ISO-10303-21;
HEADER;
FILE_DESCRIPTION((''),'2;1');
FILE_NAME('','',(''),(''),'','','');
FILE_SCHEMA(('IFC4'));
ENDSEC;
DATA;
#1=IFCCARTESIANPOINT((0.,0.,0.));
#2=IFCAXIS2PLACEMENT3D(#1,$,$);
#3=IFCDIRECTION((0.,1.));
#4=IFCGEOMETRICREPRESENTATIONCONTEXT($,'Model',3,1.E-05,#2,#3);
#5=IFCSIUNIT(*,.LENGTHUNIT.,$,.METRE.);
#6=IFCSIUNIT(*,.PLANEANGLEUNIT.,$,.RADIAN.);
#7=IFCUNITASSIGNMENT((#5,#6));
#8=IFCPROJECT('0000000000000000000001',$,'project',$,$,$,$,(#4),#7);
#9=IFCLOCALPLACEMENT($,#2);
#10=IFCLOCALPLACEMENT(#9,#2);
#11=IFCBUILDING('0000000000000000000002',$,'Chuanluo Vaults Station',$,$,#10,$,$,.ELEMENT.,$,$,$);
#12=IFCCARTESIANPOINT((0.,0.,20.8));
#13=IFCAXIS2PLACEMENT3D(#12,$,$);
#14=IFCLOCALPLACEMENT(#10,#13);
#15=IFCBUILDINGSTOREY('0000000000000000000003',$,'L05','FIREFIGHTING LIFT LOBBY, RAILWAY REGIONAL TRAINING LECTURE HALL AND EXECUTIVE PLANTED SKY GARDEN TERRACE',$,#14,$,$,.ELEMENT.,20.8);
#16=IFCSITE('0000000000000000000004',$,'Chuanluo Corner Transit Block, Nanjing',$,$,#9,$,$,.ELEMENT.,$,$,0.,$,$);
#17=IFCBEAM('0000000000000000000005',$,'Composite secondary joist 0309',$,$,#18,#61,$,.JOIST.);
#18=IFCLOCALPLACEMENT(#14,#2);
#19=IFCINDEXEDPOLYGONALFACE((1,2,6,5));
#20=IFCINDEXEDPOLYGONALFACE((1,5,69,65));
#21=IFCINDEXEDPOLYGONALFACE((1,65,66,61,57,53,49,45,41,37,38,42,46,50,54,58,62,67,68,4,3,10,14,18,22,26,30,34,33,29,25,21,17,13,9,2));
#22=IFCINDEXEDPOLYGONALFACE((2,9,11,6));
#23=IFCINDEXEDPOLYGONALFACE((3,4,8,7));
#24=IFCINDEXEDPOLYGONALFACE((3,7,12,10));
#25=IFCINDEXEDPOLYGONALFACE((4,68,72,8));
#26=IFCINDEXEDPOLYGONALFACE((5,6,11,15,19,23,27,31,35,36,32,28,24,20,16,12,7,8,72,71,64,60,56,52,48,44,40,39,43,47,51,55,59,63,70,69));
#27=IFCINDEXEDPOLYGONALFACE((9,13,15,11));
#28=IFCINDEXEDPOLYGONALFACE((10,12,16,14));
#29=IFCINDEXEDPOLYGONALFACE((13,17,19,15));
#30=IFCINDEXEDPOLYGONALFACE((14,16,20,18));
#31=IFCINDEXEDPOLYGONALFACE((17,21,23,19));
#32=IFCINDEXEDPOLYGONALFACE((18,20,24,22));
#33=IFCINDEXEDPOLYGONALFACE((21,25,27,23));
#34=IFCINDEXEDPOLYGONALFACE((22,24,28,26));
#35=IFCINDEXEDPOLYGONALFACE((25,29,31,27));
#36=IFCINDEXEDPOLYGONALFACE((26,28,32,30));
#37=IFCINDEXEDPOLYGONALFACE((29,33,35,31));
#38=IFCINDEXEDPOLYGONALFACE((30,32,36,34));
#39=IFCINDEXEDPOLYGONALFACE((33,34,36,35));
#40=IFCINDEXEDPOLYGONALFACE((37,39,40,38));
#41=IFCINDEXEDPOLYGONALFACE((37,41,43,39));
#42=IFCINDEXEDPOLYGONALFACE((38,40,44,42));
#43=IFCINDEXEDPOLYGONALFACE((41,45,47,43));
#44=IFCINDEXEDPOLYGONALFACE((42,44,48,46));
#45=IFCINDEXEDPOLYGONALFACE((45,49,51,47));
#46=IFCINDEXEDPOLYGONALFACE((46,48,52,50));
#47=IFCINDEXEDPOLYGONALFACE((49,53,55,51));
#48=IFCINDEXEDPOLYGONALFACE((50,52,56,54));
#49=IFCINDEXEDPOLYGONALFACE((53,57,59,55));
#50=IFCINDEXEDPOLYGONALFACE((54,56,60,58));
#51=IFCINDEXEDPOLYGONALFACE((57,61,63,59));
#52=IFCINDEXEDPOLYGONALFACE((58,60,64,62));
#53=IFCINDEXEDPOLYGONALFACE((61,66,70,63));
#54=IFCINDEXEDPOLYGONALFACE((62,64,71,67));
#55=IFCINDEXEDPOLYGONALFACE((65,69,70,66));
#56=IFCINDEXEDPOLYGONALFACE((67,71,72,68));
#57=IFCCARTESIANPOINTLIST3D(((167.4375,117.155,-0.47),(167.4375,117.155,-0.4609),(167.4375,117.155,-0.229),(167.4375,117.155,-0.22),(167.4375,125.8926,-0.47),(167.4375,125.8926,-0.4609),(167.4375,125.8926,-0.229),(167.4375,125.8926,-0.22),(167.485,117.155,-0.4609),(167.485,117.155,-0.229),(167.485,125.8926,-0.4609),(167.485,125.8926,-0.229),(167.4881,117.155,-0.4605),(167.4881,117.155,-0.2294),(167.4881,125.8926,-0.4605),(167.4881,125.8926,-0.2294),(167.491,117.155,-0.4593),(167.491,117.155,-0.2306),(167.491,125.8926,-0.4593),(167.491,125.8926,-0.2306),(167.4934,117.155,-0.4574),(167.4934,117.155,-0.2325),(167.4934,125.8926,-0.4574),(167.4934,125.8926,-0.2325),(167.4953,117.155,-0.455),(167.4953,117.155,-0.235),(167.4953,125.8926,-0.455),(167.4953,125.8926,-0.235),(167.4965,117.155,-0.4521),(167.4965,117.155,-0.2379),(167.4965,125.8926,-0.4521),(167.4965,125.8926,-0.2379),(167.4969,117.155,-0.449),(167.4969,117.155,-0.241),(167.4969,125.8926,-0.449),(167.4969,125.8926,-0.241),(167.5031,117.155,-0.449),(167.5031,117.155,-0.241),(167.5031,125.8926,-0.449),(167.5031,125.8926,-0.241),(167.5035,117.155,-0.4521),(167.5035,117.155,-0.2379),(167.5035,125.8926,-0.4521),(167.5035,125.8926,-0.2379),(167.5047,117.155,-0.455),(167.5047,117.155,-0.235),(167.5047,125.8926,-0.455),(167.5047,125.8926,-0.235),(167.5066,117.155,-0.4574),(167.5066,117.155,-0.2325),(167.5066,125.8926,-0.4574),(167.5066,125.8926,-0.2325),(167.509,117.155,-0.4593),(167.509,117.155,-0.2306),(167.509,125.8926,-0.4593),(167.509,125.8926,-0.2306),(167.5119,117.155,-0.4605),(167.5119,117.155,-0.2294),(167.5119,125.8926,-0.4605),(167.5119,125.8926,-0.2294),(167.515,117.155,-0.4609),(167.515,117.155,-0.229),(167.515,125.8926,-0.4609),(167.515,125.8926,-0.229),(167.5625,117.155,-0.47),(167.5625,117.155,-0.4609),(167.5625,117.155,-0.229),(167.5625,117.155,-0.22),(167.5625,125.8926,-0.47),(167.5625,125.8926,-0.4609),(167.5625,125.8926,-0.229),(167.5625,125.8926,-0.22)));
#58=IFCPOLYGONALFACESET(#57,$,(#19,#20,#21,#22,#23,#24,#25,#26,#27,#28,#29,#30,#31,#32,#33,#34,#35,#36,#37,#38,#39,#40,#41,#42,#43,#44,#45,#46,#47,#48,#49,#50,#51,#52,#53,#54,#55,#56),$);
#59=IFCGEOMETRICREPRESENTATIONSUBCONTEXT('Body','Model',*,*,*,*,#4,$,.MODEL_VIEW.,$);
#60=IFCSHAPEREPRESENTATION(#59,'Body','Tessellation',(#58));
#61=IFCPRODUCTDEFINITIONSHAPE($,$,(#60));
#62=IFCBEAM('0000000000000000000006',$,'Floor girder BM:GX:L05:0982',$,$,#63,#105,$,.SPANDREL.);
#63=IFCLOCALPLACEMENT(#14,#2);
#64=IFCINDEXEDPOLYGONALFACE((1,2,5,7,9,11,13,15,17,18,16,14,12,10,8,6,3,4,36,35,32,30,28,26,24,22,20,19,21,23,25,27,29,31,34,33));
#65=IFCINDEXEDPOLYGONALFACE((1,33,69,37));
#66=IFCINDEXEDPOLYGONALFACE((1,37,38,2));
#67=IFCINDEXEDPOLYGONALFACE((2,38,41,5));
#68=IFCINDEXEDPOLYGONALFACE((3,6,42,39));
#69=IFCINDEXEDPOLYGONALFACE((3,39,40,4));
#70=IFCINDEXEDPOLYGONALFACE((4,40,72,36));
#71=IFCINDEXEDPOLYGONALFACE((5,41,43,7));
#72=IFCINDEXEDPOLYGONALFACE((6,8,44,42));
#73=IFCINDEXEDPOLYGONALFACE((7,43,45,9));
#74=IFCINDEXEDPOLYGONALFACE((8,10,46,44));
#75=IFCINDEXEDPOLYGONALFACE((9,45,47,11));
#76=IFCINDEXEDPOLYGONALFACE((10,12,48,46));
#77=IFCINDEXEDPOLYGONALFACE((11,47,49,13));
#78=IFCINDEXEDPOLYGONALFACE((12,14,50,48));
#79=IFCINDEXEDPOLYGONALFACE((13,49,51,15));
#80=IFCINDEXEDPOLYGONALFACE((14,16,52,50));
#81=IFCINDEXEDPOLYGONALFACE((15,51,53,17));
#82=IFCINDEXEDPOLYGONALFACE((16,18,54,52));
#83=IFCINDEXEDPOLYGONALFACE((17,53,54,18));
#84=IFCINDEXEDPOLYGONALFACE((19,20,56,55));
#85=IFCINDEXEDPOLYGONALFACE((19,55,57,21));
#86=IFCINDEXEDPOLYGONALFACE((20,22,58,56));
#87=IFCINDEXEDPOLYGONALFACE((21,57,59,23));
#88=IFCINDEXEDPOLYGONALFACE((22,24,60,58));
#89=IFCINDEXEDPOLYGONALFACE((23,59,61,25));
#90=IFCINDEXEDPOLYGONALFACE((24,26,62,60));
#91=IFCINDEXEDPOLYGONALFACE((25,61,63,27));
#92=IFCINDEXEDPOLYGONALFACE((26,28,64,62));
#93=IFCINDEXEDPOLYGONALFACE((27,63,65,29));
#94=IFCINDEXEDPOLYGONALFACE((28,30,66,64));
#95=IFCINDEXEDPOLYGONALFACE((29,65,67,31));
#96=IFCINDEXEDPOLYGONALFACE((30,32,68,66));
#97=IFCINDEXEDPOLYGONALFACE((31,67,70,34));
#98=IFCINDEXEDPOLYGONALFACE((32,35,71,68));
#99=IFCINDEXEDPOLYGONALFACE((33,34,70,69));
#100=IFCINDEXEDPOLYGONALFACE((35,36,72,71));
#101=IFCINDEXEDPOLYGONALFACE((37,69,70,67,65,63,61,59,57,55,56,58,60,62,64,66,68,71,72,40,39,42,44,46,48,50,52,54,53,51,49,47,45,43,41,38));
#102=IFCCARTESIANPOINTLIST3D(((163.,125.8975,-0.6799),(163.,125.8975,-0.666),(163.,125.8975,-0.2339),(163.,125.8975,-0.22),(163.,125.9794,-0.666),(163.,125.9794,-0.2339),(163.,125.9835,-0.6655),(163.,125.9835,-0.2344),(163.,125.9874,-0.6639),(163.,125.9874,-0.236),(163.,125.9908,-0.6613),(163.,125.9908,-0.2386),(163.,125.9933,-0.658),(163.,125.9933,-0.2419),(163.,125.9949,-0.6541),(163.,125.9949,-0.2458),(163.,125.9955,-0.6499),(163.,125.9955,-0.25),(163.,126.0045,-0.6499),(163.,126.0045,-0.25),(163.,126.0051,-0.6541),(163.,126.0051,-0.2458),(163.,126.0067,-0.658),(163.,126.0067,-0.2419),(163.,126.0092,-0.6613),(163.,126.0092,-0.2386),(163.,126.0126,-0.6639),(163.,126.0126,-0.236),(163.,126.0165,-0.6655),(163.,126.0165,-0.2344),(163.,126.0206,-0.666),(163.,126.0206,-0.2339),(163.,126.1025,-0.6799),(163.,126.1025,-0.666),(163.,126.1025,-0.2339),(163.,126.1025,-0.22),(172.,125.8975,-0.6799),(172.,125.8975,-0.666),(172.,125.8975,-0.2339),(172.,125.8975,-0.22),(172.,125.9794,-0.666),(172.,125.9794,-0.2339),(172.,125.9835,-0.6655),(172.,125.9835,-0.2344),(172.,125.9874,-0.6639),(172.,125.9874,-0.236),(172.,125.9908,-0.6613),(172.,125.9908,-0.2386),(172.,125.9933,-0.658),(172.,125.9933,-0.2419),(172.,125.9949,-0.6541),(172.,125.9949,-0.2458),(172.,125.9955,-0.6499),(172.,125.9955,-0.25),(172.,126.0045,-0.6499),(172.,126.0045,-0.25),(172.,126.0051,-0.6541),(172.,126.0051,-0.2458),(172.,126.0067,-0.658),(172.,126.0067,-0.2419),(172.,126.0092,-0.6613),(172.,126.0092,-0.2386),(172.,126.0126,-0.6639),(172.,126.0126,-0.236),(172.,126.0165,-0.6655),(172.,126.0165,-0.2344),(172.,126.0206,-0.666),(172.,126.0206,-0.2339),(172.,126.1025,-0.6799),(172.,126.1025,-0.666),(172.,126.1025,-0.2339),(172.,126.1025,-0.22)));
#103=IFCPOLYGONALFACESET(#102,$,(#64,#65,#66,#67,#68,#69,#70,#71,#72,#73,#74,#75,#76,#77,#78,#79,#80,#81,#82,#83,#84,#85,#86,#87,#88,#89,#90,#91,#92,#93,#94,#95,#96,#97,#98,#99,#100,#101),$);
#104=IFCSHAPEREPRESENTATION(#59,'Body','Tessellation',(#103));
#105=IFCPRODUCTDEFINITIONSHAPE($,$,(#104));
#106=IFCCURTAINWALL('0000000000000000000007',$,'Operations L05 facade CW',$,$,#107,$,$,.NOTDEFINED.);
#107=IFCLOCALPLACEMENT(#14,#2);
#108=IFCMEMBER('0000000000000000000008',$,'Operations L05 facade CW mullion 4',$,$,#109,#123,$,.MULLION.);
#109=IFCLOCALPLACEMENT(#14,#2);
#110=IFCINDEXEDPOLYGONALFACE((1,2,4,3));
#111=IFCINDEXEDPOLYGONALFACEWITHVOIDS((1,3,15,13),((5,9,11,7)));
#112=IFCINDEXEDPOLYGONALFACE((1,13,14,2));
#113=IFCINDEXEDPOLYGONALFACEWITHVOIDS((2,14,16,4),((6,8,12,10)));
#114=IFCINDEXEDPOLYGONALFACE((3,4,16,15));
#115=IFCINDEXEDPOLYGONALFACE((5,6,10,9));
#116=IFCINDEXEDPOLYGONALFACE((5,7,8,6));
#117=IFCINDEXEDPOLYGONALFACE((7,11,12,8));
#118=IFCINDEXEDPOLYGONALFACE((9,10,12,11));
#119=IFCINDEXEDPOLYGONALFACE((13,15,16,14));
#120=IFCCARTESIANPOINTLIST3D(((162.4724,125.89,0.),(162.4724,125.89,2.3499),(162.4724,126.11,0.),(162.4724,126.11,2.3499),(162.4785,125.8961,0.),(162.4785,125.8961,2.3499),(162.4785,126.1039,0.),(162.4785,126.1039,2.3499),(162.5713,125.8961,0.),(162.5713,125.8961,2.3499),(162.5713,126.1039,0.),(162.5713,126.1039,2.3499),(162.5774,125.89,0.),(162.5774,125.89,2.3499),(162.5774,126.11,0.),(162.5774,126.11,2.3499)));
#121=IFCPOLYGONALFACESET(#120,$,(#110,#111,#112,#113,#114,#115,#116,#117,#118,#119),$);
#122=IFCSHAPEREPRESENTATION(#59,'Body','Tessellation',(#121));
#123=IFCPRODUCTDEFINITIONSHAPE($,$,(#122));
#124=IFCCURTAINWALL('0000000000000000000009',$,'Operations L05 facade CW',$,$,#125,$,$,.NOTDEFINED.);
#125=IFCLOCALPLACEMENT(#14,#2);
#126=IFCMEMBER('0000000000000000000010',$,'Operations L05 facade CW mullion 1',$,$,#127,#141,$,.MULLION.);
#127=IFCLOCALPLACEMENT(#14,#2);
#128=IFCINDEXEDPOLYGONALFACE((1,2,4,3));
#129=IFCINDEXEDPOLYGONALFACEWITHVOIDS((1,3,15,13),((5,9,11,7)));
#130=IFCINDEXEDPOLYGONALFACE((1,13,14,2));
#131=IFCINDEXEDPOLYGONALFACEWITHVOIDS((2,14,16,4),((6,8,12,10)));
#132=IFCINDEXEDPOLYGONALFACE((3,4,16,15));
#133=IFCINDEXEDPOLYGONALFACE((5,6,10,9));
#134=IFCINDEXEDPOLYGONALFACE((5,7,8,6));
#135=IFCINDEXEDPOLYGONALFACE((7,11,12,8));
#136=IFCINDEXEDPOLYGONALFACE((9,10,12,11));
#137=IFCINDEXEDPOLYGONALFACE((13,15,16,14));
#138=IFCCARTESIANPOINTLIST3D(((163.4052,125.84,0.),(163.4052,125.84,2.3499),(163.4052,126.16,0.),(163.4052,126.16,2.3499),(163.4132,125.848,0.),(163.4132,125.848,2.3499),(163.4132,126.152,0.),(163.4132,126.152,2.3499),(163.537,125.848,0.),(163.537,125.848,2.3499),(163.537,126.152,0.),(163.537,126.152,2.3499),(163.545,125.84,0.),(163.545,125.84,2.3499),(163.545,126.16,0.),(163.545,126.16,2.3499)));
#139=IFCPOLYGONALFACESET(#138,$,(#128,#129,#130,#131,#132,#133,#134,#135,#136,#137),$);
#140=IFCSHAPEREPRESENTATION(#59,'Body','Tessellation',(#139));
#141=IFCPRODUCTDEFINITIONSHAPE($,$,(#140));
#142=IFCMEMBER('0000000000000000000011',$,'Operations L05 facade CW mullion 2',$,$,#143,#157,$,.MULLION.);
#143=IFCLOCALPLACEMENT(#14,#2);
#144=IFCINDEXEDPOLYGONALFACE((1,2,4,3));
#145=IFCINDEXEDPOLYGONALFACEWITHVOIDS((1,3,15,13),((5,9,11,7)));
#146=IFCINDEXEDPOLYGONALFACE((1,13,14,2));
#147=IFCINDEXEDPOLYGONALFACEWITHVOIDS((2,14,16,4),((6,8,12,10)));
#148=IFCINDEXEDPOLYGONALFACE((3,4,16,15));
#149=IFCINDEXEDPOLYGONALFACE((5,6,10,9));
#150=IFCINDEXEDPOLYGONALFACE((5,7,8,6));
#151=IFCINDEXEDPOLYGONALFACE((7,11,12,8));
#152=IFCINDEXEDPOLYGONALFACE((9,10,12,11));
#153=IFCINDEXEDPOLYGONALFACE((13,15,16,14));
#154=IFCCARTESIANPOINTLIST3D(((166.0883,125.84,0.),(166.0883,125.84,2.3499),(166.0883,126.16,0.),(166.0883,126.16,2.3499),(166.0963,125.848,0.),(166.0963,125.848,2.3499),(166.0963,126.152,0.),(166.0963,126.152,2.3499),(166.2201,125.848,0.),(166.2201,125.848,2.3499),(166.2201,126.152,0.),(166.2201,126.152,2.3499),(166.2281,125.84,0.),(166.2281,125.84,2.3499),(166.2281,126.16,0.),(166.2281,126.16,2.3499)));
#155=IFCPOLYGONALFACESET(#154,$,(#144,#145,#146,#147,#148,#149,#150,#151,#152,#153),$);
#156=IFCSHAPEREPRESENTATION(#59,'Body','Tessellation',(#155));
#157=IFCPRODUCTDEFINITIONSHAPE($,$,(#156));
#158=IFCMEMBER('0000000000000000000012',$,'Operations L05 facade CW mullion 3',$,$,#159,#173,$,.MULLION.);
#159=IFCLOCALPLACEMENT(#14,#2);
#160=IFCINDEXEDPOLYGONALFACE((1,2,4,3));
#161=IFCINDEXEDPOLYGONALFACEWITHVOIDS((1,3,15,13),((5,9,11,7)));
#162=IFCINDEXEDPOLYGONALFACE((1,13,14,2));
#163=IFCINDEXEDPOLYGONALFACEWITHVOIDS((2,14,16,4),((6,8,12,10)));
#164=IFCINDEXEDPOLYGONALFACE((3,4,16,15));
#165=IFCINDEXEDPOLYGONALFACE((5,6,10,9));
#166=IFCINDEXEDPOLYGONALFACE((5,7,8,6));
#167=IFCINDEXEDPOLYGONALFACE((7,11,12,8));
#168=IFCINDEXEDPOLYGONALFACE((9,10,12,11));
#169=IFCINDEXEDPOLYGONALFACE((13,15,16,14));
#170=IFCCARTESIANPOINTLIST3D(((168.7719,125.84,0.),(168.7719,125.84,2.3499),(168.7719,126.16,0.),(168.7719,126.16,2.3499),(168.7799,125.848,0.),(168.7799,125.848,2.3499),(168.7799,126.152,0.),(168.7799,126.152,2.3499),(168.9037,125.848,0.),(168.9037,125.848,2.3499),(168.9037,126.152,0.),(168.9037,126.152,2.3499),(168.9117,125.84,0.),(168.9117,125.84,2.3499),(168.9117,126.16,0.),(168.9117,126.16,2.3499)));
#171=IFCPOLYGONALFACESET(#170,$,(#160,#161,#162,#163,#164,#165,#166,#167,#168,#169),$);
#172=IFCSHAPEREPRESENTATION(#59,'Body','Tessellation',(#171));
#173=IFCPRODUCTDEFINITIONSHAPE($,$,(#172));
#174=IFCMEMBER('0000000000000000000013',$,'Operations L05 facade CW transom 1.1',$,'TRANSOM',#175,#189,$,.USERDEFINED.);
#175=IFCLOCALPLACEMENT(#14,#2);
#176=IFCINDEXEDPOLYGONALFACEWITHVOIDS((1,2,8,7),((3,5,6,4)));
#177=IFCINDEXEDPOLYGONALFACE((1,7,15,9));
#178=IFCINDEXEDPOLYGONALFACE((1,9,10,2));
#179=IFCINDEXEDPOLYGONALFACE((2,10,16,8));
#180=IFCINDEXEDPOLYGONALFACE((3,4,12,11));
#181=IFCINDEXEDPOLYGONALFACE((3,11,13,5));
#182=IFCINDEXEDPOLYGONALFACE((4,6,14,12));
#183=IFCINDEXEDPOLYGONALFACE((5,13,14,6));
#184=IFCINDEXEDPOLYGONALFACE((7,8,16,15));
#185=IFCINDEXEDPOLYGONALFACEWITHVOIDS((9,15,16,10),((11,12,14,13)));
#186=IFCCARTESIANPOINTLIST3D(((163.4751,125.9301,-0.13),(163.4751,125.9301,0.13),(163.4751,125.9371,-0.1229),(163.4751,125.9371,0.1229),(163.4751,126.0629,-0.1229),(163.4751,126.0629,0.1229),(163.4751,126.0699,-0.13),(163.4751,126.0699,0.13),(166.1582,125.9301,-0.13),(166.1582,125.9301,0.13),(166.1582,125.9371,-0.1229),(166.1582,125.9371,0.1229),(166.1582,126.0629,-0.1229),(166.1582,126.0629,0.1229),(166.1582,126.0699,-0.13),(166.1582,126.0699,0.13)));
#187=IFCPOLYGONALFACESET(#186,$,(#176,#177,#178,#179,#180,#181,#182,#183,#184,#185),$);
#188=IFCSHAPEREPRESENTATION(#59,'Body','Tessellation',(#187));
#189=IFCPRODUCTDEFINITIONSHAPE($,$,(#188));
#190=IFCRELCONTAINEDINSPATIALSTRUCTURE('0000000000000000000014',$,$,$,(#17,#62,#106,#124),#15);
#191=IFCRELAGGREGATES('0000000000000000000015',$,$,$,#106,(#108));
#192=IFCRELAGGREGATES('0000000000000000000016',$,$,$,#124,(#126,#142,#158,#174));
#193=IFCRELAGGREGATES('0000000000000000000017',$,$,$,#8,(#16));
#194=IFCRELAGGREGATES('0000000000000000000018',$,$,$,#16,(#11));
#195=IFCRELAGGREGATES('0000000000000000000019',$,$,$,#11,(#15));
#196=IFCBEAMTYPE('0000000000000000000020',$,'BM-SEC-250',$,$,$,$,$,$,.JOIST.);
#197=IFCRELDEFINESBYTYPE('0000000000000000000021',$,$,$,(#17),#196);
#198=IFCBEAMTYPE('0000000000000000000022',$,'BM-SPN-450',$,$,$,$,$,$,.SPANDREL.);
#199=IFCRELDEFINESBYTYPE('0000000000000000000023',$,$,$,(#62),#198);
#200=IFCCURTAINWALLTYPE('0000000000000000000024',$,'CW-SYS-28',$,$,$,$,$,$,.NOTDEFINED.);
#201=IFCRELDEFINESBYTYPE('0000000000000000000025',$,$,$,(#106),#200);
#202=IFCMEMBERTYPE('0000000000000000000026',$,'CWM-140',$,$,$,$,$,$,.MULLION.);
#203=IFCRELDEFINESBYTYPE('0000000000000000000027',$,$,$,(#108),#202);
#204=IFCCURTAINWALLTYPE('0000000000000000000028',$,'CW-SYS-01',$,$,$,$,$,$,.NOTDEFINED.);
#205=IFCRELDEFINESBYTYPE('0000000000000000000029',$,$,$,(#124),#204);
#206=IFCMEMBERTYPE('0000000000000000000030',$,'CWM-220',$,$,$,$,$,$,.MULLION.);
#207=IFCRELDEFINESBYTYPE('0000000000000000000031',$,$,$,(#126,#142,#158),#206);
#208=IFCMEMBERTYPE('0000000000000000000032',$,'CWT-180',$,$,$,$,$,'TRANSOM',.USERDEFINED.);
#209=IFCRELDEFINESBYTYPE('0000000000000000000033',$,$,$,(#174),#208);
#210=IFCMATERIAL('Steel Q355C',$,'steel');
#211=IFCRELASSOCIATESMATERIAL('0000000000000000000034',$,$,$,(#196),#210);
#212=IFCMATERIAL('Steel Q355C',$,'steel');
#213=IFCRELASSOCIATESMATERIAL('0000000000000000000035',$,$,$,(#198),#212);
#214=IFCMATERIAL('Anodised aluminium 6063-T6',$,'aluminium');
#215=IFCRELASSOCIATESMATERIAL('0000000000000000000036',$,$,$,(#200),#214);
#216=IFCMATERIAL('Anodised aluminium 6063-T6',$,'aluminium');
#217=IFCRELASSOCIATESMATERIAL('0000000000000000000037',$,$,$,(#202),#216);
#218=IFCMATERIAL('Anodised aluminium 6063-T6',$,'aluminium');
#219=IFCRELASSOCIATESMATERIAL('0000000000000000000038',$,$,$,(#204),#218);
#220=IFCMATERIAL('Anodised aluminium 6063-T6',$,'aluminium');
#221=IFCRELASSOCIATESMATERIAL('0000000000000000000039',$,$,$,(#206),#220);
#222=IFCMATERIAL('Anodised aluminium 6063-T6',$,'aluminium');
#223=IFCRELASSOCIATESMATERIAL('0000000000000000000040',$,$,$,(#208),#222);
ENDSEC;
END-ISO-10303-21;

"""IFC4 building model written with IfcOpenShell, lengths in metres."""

from ifc_helpers import new_model, si_unit, direction, frame, origin, origin_2d, place, context, subcontext, project, spatial, hollow_rectangle, i_section, extrude, material, material_profile, profile_set, type_object, element, aggregate, save


model = new_model("IFC4")

# Units and contexts
model_context = context("Model", 3, precision=1e-05, world=origin(), true_north=direction((0.0, 1.0)))
body_context = subcontext(model_context, "Body", "Model", "MODEL_VIEW")
ifc_project = project(units=[si_unit("LENGTHUNIT", "METRE"), si_unit("PLANEANGLEUNIT", "RADIAN")], contexts=[model_context])

# Site, building, storey
site_placement = place(None, origin())
site = spatial("IfcSite", under=ifc_project, at=site_placement, Name="Chuanluo Corner Transit Block, Nanjing", CompositionType="ELEMENT", RefElevation=0.0)
building_placement = place(site_placement, origin())
building = spatial("IfcBuilding", under=site, at=building_placement, Name="Chuanluo Vaults Station", CompositionType="ELEMENT")
storey_placement = place(building_placement, frame((0.0, 0.0, 20.8)))
storey = spatial("IfcBuildingStorey", under=building, at=storey_placement, Name="L05", Description="FIREFIGHTING LIFT LOBBY, RAILWAY REGIONAL TRAINING LECTURE HALL AND EXECUTIVE PLANTED SKY GARDEN TERRACE", CompositionType="ELEMENT", Elevation=20.8)

# Beams
ifc_material_1 = material(Name="Steel Q355C", Category="steel")
ifc_material_profile_1 = material_profile(ifc_material_1, i_section(OverallWidth=0.125, OverallDepth=0.25, WebThickness=0.0061, FlangeThickness=0.009, FilletRadius=0.012, at=origin_2d()))
ifc_profile_set_1 = profile_set([ifc_material_profile_1], Name="Steel Q355C")
beam_type_1 = type_object("IfcBeamType", Name="BM-SEC-250", PredefinedType="JOIST", material=ifc_profile_set_1)
beam_1_placement = place(storey_placement, frame((167.5, 117.155, -0.345), z_axis=(0.0, 1.0, 0.0), x_axis=(-1.0, 0.0, 0.0)))
element("IfcBeam", 1, at=beam_1_placement, inside=storey, type_object=beam_type_1, Name="Composite secondary joist 0309", PredefinedType="JOIST", context=body_context, shape_type="SweptSolid", body=[
    extrude(i_section(OverallWidth=0.125, OverallDepth=0.25, WebThickness=0.0061, FlangeThickness=0.009, FilletRadius=0.012, at=origin_2d()), origin(), (0.0, 0.0, 1.0), 8.7375),
])
ifc_material_2 = material(Name="Steel Q355C", Category="steel")
ifc_material_profile_2 = material_profile(ifc_material_2, i_section(OverallWidth=0.2051, OverallDepth=0.46, WebThickness=0.009, FlangeThickness=0.0139, FilletRadius=0.0161, at=origin_2d()))
ifc_profile_set_2 = profile_set([ifc_material_profile_2], Name="Steel Q355C")
beam_type_2 = type_object("IfcBeamType", Name="BM-SPN-450", PredefinedType="SPANDREL", material=ifc_profile_set_2)
beam_2_placement = place(storey_placement, frame((163.0, 126.0, -0.45), z_axis=(1.0, 0.0, 0.0), x_axis=(0.0, 1.0, 0.0)))
element("IfcBeam", 2, at=beam_2_placement, inside=storey, type_object=beam_type_2, Name="Floor girder BM:GX:L05:0982", PredefinedType="SPANDREL", context=body_context, shape_type="SweptSolid", body=[
    extrude(i_section(OverallWidth=0.2051, OverallDepth=0.46, WebThickness=0.009, FlangeThickness=0.0139, FilletRadius=0.0161, at=origin_2d()), origin(), (0.0, 0.0, 1.0), 9.0),
])

# Curtain wall, member
ifc_material_3 = material(Name="Anodised aluminium 6063-T6", Category="aluminium")
curtain_wall_type_1 = type_object("IfcCurtainWallType", Name="CW-SYS-28", PredefinedType="NOTDEFINED", material=ifc_material_3)
curtain_wall_1_placement = place(storey_placement, origin())
curtain_wall_1 = element("IfcCurtainWall", 3, at=curtain_wall_1_placement, inside=storey, type_object=curtain_wall_type_1, Name="Operations L05 facade CW", PredefinedType="NOTDEFINED")
ifc_material_4 = material(Name="Anodised aluminium 6063-T6", Category="aluminium")
ifc_material_profile_3 = material_profile(ifc_material_4, hollow_rectangle(XDim=0.105, YDim=0.22, WallThickness=0.0061, at=origin_2d()))
ifc_profile_set_3 = profile_set([ifc_material_profile_3], Name="Anodised aluminium 6063-T6")
member_type_1 = type_object("IfcMemberType", Name="CWM-140", PredefinedType="MULLION", material=ifc_profile_set_3)
member_1_placement = place(storey_placement, frame((162.5249, 126.0, 0.0), z_axis=(0.0, 0.0, 1.0), x_axis=(1.0, 0.0, 0.0)))
member_1 = element("IfcMember", 4, at=member_1_placement, type_object=member_type_1, Name="Operations L05 facade CW mullion 4", PredefinedType="MULLION", context=body_context, shape_type="SweptSolid", body=[
    extrude(hollow_rectangle(XDim=0.105, YDim=0.22, WallThickness=0.0061, at=origin_2d()), origin(), (0.0, 0.0, 1.0), 2.3499),
])

# Curtain wall, members
ifc_material_5 = material(Name="Anodised aluminium 6063-T6", Category="aluminium")
curtain_wall_type_2 = type_object("IfcCurtainWallType", Name="CW-SYS-01", PredefinedType="NOTDEFINED", material=ifc_material_5)
curtain_wall_2_placement = place(storey_placement, origin())
curtain_wall_2 = element("IfcCurtainWall", 5, at=curtain_wall_2_placement, inside=storey, type_object=curtain_wall_type_2, Name="Operations L05 facade CW", PredefinedType="NOTDEFINED")
ifc_material_6 = material(Name="Anodised aluminium 6063-T6", Category="aluminium")
ifc_material_profile_4 = material_profile(ifc_material_6, hollow_rectangle(XDim=0.1399, YDim=0.3201, WallThickness=0.0081, at=origin_2d()))
ifc_profile_set_4 = profile_set([ifc_material_profile_4], Name="Anodised aluminium 6063-T6")
member_type_2 = type_object("IfcMemberType", Name="CWM-220", PredefinedType="MULLION", material=ifc_profile_set_4)
member_2_placement = place(storey_placement, frame((163.4751, 126.0, 0.0), z_axis=(0.0, 0.0, 1.0), x_axis=(1.0, 0.0, 0.0)))
member_2 = element("IfcMember", 6, at=member_2_placement, type_object=member_type_2, Name="Operations L05 facade CW mullion 1", PredefinedType="MULLION", context=body_context, shape_type="SweptSolid", body=[
    extrude(hollow_rectangle(XDim=0.1399, YDim=0.3201, WallThickness=0.0081, at=origin_2d()), origin(), (0.0, 0.0, 1.0), 2.3499),
])
member_3_placement = place(storey_placement, frame((166.1582, 126.0, 0.0), z_axis=(0.0, 0.0, 1.0), x_axis=(1.0, 0.0, 0.0)))
member_3 = element("IfcMember", 7, at=member_3_placement, type_object=member_type_2, Name="Operations L05 facade CW mullion 2", PredefinedType="MULLION", context=body_context, shape_type="SweptSolid", body=[
    extrude(hollow_rectangle(XDim=0.1399, YDim=0.3201, WallThickness=0.0081, at=origin_2d()), origin(), (0.0, 0.0, 1.0), 2.3499),
])
member_4_placement = place(storey_placement, frame((168.8418, 126.0, 0.0), z_axis=(0.0, 0.0, 1.0), x_axis=(1.0, 0.0, 0.0)))
member_4 = element("IfcMember", 8, at=member_4_placement, type_object=member_type_2, Name="Operations L05 facade CW mullion 3", PredefinedType="MULLION", context=body_context, shape_type="SweptSolid", body=[
    extrude(hollow_rectangle(XDim=0.1399, YDim=0.3201, WallThickness=0.0081, at=origin_2d()), origin(), (0.0, 0.0, 1.0), 2.3499),
])
ifc_material_7 = material(Name="Anodised aluminium 6063-T6", Category="aluminium")
ifc_material_profile_5 = material_profile(ifc_material_7, hollow_rectangle(XDim=0.1399, YDim=0.26, WallThickness=0.0071, at=origin_2d()))
ifc_profile_set_5 = profile_set([ifc_material_profile_5], Name="Anodised aluminium 6063-T6")
member_type_3 = type_object("IfcMemberType", Name="CWT-180", ElementType="TRANSOM", PredefinedType="USERDEFINED", material=ifc_profile_set_5)
member_5_placement = place(storey_placement, frame((163.4751, 126.0, 0.0), z_axis=(1.0, 0.0, 0.0), x_axis=(0.0, 1.0, 0.0)))
member_5 = element("IfcMember", 9, at=member_5_placement, type_object=member_type_3, Name="Operations L05 facade CW transom 1.1", ObjectType="TRANSOM", PredefinedType="USERDEFINED", context=body_context, shape_type="SweptSolid", body=[
    extrude(hollow_rectangle(XDim=0.1399, YDim=0.26, WallThickness=0.0071, at=origin_2d()), origin(), (0.0, 0.0, 1.0), 2.6831),
])

aggregate(curtain_wall_1, [member_1])
aggregate(curtain_wall_2, [member_2, member_3, member_4, member_5])

save(model, "model.ifc")
